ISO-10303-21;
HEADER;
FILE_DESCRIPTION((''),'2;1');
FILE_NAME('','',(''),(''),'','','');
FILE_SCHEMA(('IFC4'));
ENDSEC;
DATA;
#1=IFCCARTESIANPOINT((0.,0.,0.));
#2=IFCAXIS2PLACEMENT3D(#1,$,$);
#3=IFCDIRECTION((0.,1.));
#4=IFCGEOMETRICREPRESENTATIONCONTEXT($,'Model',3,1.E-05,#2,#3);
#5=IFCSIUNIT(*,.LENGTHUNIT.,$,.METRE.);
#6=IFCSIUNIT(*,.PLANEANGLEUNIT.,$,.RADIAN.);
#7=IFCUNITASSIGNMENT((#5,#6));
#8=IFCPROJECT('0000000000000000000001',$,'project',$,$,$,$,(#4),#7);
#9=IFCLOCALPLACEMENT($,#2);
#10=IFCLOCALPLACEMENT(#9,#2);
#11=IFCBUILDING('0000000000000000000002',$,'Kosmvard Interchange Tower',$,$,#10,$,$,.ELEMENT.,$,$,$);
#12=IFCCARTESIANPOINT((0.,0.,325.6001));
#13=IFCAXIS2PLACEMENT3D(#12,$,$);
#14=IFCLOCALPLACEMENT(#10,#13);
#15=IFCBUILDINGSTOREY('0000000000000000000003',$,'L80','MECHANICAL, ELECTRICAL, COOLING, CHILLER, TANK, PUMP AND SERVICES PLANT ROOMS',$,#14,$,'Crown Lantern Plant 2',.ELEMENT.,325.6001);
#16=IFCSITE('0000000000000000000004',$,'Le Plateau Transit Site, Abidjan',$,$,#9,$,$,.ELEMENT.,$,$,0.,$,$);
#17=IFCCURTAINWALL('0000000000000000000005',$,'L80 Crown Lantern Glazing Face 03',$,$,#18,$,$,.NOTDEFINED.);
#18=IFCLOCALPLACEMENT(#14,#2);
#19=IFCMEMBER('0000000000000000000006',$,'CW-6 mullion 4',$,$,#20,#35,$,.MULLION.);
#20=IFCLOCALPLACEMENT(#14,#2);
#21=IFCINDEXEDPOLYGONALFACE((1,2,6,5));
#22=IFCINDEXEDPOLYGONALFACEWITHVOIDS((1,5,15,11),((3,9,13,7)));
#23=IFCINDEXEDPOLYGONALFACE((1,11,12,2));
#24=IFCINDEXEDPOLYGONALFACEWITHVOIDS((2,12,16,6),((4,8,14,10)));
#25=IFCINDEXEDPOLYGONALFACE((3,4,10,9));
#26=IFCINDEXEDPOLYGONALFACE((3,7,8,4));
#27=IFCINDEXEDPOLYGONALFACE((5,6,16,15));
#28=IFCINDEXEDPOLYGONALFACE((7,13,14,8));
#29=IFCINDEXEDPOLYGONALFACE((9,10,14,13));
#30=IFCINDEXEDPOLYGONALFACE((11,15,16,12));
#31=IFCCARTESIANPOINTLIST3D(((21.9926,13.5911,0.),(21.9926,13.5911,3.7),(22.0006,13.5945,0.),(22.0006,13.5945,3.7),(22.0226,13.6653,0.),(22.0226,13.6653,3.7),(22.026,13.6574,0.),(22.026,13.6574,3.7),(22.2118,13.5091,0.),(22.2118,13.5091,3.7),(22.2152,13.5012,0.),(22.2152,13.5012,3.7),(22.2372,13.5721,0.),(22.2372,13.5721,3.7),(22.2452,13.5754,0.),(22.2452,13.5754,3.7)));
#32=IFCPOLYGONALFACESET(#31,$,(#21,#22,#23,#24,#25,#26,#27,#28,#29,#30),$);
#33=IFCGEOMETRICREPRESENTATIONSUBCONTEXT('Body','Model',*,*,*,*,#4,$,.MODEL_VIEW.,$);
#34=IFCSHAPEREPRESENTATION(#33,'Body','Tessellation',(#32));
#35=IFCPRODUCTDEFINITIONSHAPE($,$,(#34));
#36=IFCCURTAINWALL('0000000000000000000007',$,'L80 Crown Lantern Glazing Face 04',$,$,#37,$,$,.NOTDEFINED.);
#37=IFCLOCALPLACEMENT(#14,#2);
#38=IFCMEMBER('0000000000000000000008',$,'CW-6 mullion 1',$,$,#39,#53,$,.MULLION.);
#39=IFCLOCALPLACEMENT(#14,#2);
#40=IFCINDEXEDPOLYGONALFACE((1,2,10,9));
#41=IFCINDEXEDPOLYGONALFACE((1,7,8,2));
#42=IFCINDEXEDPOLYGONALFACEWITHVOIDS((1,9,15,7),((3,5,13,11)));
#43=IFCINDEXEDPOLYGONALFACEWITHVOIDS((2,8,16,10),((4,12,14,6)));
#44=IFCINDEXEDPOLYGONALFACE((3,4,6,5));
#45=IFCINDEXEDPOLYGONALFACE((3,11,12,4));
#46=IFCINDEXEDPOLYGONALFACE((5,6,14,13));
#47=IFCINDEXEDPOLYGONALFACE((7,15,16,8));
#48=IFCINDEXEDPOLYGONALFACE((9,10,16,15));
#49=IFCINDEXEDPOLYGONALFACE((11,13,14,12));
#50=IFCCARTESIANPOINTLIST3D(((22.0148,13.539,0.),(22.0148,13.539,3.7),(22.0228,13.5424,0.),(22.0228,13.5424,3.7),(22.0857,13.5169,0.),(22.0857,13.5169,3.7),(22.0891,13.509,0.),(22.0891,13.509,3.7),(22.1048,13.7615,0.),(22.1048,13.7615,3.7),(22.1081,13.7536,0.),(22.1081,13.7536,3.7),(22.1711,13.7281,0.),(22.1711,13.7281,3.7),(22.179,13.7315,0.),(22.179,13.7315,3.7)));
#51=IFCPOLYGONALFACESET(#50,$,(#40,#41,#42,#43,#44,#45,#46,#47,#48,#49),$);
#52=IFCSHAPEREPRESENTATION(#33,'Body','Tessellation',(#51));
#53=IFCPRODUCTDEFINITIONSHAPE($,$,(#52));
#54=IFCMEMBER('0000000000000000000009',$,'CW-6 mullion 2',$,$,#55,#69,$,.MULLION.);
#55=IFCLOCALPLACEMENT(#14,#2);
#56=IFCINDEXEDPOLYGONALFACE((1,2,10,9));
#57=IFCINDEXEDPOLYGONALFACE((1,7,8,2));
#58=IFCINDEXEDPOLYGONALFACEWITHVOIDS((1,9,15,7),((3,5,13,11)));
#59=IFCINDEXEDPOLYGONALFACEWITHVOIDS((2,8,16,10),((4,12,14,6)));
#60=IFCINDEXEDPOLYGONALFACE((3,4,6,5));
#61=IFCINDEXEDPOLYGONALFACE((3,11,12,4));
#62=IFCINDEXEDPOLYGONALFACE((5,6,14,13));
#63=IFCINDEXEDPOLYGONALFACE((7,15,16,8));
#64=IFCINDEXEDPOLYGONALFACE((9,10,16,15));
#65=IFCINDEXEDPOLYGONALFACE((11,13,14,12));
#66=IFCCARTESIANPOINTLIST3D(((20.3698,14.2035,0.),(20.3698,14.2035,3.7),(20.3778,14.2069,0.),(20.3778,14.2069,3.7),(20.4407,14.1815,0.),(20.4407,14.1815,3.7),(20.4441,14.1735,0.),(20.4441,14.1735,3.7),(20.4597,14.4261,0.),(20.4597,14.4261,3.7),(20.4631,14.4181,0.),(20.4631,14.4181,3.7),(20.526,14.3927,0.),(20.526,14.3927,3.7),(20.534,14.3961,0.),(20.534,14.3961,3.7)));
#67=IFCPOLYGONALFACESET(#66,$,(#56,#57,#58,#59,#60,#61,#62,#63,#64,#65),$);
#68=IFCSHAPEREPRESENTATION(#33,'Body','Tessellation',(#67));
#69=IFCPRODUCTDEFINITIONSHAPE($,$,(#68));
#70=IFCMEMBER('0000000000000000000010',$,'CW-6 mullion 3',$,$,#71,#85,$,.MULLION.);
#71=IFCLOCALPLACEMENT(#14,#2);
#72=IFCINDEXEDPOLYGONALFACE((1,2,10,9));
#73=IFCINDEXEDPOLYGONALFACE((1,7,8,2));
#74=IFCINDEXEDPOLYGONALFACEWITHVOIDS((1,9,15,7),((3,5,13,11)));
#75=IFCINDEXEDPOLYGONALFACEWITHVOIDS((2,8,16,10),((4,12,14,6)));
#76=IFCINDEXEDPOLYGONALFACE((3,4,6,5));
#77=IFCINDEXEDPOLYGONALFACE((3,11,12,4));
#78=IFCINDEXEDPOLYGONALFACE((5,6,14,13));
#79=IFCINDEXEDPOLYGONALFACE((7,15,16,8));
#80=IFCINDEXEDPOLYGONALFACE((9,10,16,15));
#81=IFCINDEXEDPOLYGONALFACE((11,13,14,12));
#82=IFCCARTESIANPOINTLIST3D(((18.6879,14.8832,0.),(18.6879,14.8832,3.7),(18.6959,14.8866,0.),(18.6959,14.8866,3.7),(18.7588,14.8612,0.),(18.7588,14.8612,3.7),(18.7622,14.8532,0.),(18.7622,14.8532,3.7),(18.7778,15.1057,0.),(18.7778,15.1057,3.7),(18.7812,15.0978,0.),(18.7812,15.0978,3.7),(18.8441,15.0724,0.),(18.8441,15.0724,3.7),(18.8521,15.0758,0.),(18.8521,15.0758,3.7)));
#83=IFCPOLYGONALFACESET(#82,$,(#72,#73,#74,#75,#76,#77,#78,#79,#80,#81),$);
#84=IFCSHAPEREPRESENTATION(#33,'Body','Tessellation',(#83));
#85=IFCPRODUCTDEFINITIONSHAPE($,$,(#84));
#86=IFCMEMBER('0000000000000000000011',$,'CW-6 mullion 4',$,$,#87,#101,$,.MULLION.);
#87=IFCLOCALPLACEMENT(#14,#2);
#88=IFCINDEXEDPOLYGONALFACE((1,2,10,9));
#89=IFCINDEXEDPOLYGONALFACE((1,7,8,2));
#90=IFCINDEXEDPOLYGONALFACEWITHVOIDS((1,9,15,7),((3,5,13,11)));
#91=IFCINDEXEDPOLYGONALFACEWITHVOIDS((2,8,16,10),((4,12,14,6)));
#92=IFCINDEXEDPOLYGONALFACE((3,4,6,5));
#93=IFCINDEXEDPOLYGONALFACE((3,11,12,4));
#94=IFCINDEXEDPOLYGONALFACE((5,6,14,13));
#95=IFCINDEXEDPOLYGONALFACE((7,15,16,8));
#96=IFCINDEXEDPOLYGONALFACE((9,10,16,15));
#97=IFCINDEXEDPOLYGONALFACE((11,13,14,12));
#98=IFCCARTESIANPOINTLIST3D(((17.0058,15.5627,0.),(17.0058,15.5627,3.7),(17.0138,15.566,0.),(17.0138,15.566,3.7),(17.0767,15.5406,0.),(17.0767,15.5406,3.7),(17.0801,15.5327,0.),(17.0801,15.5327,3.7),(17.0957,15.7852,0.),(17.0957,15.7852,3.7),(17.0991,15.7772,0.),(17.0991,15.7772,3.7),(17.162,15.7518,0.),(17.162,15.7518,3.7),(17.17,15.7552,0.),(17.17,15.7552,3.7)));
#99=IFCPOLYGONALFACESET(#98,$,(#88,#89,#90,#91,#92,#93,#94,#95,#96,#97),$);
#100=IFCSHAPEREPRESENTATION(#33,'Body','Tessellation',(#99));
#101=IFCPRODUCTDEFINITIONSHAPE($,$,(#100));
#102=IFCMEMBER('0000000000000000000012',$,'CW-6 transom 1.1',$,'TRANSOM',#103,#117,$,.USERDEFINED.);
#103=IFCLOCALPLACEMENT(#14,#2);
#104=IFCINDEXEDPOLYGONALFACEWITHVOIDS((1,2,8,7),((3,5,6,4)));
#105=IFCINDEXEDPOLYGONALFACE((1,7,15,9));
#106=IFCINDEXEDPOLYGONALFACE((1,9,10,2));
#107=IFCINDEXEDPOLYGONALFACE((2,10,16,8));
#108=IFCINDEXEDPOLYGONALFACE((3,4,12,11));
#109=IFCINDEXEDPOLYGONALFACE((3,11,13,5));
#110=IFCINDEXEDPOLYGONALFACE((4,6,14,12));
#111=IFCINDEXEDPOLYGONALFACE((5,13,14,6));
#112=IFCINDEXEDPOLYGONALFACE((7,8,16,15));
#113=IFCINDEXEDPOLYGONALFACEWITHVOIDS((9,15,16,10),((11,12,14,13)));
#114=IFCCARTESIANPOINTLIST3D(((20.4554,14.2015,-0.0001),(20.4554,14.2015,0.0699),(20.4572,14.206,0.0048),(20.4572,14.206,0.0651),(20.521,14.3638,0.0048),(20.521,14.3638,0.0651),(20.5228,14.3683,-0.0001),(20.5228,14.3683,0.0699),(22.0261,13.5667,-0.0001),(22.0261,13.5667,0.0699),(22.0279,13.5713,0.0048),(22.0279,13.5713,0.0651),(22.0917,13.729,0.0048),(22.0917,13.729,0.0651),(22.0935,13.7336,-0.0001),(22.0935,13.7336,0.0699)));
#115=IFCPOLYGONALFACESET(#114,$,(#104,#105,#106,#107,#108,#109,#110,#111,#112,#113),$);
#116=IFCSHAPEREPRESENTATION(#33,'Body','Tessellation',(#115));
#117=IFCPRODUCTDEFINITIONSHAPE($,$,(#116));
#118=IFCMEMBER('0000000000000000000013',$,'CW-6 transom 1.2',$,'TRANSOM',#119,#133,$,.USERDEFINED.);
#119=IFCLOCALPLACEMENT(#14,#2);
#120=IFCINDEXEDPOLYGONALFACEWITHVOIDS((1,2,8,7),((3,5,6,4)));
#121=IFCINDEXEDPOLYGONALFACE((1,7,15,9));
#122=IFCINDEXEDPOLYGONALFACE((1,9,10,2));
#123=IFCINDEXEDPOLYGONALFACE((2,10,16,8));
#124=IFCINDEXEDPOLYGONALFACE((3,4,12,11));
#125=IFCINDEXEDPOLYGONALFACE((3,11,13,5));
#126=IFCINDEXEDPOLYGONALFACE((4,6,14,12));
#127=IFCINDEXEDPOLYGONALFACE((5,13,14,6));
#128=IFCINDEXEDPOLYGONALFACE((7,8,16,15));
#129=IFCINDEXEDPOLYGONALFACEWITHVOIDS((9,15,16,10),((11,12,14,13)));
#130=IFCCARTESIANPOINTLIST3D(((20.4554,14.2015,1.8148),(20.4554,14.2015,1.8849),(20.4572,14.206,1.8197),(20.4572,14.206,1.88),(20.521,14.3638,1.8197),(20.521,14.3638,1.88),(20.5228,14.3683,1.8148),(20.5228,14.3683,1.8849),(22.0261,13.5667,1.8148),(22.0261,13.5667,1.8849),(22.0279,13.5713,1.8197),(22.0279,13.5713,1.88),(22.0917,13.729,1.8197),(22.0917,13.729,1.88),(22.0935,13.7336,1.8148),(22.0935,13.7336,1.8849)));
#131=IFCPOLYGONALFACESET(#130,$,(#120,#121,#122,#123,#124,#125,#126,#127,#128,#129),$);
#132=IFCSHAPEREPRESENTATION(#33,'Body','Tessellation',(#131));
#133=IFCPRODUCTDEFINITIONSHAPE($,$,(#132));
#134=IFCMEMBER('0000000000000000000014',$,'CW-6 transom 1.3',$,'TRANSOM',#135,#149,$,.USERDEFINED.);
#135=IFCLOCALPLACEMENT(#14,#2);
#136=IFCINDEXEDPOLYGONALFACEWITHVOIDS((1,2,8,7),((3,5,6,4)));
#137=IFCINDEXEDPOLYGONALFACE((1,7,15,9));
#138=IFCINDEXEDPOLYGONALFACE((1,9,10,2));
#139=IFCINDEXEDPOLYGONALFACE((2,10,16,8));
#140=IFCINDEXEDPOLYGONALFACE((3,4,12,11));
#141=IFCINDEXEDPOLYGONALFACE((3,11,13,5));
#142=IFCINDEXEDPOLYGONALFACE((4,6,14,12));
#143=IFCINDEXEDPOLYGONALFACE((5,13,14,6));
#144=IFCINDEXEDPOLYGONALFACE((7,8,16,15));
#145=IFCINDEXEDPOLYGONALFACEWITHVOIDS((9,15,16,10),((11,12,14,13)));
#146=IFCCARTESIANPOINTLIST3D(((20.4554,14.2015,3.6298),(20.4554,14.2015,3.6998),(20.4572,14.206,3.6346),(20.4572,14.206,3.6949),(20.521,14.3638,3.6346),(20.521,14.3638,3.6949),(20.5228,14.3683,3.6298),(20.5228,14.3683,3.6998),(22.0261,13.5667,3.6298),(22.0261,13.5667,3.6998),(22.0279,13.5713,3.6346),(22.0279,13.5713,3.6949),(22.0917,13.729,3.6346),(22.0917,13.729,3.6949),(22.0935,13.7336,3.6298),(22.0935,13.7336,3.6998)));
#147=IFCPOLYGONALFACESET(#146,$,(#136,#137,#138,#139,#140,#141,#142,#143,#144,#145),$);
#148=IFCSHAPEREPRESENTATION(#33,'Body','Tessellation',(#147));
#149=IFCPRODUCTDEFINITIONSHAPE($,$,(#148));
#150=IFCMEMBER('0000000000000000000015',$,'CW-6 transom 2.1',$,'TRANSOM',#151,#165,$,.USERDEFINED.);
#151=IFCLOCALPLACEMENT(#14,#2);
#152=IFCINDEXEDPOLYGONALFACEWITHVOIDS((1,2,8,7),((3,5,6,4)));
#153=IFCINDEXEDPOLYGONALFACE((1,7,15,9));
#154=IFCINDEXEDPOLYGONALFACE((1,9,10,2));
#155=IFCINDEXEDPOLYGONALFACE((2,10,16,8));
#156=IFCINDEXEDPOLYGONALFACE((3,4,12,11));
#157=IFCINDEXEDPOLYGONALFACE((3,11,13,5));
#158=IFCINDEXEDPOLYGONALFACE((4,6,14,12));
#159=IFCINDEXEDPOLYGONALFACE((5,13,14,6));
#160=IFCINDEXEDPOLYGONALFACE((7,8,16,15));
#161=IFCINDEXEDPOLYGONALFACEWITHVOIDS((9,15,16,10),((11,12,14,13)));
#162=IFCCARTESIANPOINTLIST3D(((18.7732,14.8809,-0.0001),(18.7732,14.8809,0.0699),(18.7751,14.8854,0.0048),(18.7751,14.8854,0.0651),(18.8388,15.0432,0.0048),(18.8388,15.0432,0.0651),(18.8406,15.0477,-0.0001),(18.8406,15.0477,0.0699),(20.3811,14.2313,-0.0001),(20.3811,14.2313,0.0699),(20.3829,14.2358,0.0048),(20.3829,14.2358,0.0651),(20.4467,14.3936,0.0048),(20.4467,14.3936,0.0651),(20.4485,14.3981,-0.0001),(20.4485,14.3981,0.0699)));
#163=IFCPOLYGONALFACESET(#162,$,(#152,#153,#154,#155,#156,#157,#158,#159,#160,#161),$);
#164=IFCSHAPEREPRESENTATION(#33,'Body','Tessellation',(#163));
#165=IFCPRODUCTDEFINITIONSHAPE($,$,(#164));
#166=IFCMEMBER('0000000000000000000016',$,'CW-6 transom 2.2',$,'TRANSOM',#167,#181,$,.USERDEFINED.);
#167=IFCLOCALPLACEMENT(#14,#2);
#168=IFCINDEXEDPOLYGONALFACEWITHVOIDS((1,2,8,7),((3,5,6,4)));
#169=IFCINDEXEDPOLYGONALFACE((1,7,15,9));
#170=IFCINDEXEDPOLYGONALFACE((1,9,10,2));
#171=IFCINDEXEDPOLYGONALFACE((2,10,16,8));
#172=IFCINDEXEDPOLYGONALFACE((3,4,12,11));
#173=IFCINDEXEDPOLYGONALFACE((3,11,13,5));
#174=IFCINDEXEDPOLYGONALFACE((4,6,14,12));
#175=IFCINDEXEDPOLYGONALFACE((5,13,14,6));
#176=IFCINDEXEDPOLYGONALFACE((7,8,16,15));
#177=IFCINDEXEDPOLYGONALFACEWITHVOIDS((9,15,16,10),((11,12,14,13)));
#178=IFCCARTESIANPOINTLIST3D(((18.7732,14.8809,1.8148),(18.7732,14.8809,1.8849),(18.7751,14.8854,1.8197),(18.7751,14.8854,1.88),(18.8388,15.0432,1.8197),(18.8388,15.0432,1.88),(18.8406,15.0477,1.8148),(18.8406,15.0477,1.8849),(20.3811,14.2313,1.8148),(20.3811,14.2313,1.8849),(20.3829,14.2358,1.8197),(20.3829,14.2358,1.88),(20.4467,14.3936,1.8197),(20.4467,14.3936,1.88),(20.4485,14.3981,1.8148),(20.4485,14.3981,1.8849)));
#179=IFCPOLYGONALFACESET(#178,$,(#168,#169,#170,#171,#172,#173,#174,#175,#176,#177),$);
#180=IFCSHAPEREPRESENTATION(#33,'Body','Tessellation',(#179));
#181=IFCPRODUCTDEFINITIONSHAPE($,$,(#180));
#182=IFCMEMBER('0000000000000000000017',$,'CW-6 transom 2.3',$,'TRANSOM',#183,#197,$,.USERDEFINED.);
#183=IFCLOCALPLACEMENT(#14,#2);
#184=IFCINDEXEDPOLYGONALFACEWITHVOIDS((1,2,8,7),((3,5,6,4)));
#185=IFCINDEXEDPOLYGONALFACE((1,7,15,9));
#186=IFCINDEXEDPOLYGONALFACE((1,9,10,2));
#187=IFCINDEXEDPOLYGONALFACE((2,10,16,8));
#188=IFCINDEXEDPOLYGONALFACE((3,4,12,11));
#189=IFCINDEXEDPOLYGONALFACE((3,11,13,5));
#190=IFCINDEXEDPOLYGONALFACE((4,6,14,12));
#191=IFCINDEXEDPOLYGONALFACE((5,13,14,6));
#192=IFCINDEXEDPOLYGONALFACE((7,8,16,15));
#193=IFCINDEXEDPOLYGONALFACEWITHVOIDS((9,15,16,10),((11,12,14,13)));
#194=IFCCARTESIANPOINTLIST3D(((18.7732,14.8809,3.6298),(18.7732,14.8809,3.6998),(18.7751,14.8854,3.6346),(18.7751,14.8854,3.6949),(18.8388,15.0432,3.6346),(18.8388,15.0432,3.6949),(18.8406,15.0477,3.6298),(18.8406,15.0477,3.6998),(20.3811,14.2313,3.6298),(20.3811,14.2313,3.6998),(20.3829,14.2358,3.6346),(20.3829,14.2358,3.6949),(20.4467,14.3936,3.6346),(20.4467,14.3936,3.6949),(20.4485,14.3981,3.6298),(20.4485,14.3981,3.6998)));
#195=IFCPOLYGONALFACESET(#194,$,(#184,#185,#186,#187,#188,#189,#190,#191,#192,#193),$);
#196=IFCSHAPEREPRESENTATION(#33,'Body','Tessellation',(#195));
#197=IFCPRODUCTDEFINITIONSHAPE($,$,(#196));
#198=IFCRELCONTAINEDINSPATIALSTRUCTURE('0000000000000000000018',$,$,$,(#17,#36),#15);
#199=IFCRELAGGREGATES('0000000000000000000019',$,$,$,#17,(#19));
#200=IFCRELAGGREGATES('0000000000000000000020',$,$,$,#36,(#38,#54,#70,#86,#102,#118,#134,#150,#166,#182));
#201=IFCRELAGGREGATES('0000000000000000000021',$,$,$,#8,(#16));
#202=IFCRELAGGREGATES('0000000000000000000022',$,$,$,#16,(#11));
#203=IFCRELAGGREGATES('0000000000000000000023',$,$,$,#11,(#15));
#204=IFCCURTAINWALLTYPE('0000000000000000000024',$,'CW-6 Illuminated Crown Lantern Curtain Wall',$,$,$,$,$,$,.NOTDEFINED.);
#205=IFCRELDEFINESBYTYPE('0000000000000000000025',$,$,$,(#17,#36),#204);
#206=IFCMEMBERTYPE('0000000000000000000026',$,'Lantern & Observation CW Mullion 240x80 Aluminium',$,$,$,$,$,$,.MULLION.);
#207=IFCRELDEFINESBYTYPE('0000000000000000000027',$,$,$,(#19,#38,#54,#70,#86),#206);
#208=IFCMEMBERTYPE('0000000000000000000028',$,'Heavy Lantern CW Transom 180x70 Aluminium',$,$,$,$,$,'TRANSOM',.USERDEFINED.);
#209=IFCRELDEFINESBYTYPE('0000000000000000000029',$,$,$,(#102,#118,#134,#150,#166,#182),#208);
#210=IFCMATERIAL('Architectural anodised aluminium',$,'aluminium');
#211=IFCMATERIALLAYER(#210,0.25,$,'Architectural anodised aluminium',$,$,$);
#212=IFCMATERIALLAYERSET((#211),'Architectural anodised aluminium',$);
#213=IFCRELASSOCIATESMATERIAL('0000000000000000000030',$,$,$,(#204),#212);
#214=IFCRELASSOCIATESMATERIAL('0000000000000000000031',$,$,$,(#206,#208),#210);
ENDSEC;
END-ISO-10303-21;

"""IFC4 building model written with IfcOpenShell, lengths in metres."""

from ifc_helpers import new_model, si_unit, direction, frame, origin, origin_2d, place, context, subcontext, project, spatial, hollow_rectangle, extrude, source, transform, mapped, material, layer, layer_set, material_profile, profile_set, type_object, element, aggregate, save


model = new_model("IFC4")

# Units and contexts
model_context = context("Model", 3, precision=1e-05, world=origin(), true_north=direction((0.0, 1.0)))
body_context = subcontext(model_context, "Body", "Model", "MODEL_VIEW")
ifc_project = project(units=[si_unit("LENGTHUNIT", "METRE"), si_unit("PLANEANGLEUNIT", "RADIAN")], contexts=[model_context])

# Site, building, storey
site_placement = place(None, origin())
site = spatial("IfcSite", under=ifc_project, at=site_placement, Name="Le Plateau Transit Site, Abidjan", CompositionType="ELEMENT", RefElevation=0.0)
building_placement = place(site_placement, origin())
building = spatial("IfcBuilding", under=site, at=building_placement, Name="Kosmvard Interchange Tower", CompositionType="ELEMENT")
storey_placement = place(building_placement, frame((0.0, 0.0, 325.6001)))
storey = spatial("IfcBuildingStorey", under=building, at=storey_placement, Name="L80", Description="MECHANICAL, ELECTRICAL, COOLING, CHILLER, TANK, PUMP AND SERVICES PLANT ROOMS", LongName="Crown Lantern Plant 2", CompositionType="ELEMENT", Elevation=325.6001)

# Curtain wall, member
ifc_material_1 = material(Name="Architectural anodised aluminium", Category="aluminium")
ifc_layer_1 = layer(ifc_material_1, 0.25, Name="Architectural anodised aluminium")
ifc_layer_set_1 = layer_set([ifc_layer_1], Name="Architectural anodised aluminium")
curtain_wall_type = type_object("IfcCurtainWallType", Name="CW-6 Illuminated Crown Lantern Curtain Wall", PredefinedType="NOTDEFINED", material=ifc_layer_set_1)
curtain_wall_1_placement = place(storey_placement, origin())
curtain_wall_1 = element("IfcCurtainWall", 1, at=curtain_wall_1_placement, inside=storey, type_object=curtain_wall_type, Name="L80 Crown Lantern Glazing Face 03", PredefinedType="NOTDEFINED")
ifc_material_profile_1 = material_profile(ifc_material_1, hollow_rectangle(XDim=0.24, YDim=0.0801, WallThickness=0.0061, at=origin_2d()), Name="CWM 240x80x6")
ifc_profile_set_1 = profile_set([ifc_material_profile_1], Name="Architectural anodised aluminium")
member_type_1 = type_object("IfcMemberType", Name="Lantern & Observation CW Mullion 240x80 Aluminium", PredefinedType="MULLION", material=ifc_profile_set_1)
shared_shape_1 = source(origin(), body_context, "Body", "SweptSolid", [
    extrude(hollow_rectangle(XDim=0.24, YDim=0.0801, WallThickness=0.0061, at=origin_2d()), origin(), (0.0, 0.0, 1.0), 3.7),
])
member_1_placement = place(storey_placement, frame((22.1189, 13.5833, 0.0), z_axis=(0.0, 0.0, 1.0), x_axis=(-0.927184, 0.374607, 0.0)))
member_1 = element("IfcMember", 2, at=member_1_placement, type_object=member_type_1, Name="CW-6 mullion 4", PredefinedType="MULLION", context=body_context, shape_type="MappedRepresentation", body=[
    mapped(shared_shape_1, transform((0.0, 0.0, 0.0), scale=1.0)),
])
aggregate(curtain_wall_1, [member_1])

# Curtain wall, members
curtain_wall_2_placement = place(storey_placement, origin())
curtain_wall_2 = element("IfcCurtainWall", 3, at=curtain_wall_2_placement, inside=storey, type_object=curtain_wall_type, Name="L80 Crown Lantern Glazing Face 04", PredefinedType="NOTDEFINED")
member_2_placement = place(storey_placement, frame((22.0969, 13.6353, 0.0), z_axis=(0.0, 0.0, 1.0), x_axis=(-0.374607, -0.927184, 0.0)))
member_2 = element("IfcMember", 4, at=member_2_placement, type_object=member_type_1, Name="CW-6 mullion 1", PredefinedType="MULLION", context=body_context, shape_type="MappedRepresentation", body=[
    mapped(shared_shape_1, transform((0.0, 0.0, 0.0), scale=1.0)),
])
member_3_placement = place(storey_placement, frame((20.4519, 14.2998, 0.0), z_axis=(0.0, 0.0, 1.0), x_axis=(-0.374607, -0.927184, 0.0)))
member_3 = element("IfcMember", 5, at=member_3_placement, type_object=member_type_1, Name="CW-6 mullion 2", PredefinedType="MULLION", context=body_context, shape_type="MappedRepresentation", body=[
    mapped(shared_shape_1, transform((0.0, 0.0, 0.0), scale=1.0)),
])
member_4_placement = place(storey_placement, frame((18.77, 14.9795, 0.0), z_axis=(0.0, 0.0, 1.0), x_axis=(-0.374607, -0.927184, 0.0)))
member_4 = element("IfcMember", 6, at=member_4_placement, type_object=member_type_1, Name="CW-6 mullion 3", PredefinedType="MULLION", context=body_context, shape_type="MappedRepresentation", body=[
    mapped(shared_shape_1, transform((0.0, 0.0, 0.0), scale=1.0)),
])
member_5_placement = place(storey_placement, frame((17.0879, 15.6589, 0.0), z_axis=(0.0, 0.0, 1.0), x_axis=(-0.374607, -0.927184, 0.0)))
member_5 = element("IfcMember", 7, at=member_5_placement, type_object=member_type_1, Name="CW-6 mullion 4", PredefinedType="MULLION", context=body_context, shape_type="MappedRepresentation", body=[
    mapped(shared_shape_1, transform((0.0, 0.0, 0.0), scale=1.0)),
])
ifc_material_profile_2 = material_profile(ifc_material_1, hollow_rectangle(XDim=0.1799, YDim=0.0701, WallThickness=0.0049, at=origin_2d()), Name="CWT 180x70x5")
ifc_profile_set_2 = profile_set([ifc_material_profile_2], Name="Architectural anodised aluminium")
member_type_2 = type_object("IfcMemberType", Name="Heavy Lantern CW Transom 180x70 Aluminium", ElementType="TRANSOM", PredefinedType="USERDEFINED", material=ifc_profile_set_2)
shared_shape_2 = source(origin(), body_context, "Body", "SweptSolid", [
    extrude(hollow_rectangle(XDim=0.1799, YDim=0.0701, WallThickness=0.0049, at=origin_2d()), origin(), (0.0, 0.0, 1.0), 1.6941),
])
member_6_placement = place(storey_placement, frame((22.0598, 13.6501, 0.0349), z_axis=(-0.927159, 0.374668, 0.0), x_axis=(-0.374668, -0.927159, 0.0)))
member_6 = element("IfcMember", 8, at=member_6_placement, type_object=member_type_2, Name="CW-6 transom 1.1", ObjectType="TRANSOM", PredefinedType="USERDEFINED", context=body_context, shape_type="MappedRepresentation", body=[
    mapped(shared_shape_2, transform((0.0, 0.0, 0.0), scale=1.0)),
])
member_7_placement = place(storey_placement, frame((22.0598, 13.6501, 1.8499), z_axis=(-0.927159, 0.374668, 0.0), x_axis=(-0.374668, -0.927159, 0.0)))
member_7 = element("IfcMember", 9, at=member_7_placement, type_object=member_type_2, Name="CW-6 transom 1.2", ObjectType="TRANSOM", PredefinedType="USERDEFINED", context=body_context, shape_type="MappedRepresentation", body=[
    mapped(shared_shape_2, transform((0.0, 0.0, 0.0), scale=1.0)),
])
member_8_placement = place(storey_placement, frame((22.0598, 13.6501, 3.6648), z_axis=(-0.927159, 0.374668, 0.0), x_axis=(-0.374668, -0.927159, 0.0)))
member_8 = element("IfcMember", 10, at=member_8_placement, type_object=member_type_2, Name="CW-6 transom 1.3", ObjectType="TRANSOM", PredefinedType="USERDEFINED", context=body_context, shape_type="MappedRepresentation", body=[
    mapped(shared_shape_2, transform((0.0, 0.0, 0.0), scale=1.0)),
])
shared_shape_3 = source(origin(), body_context, "Body", "SweptSolid", [
    extrude(hollow_rectangle(XDim=0.1799, YDim=0.0701, WallThickness=0.0049, at=origin_2d()), origin(), (0.0, 0.0, 1.0), 1.7341),
])
member_9_placement = place(storey_placement, frame((20.4148, 14.3147, 0.0349), z_axis=(-0.92718, 0.374617, 0.0), x_axis=(-0.374617, -0.92718, 0.0)))
member_9 = element("IfcMember", 11, at=member_9_placement, type_object=member_type_2, Name="CW-6 transom 2.1", ObjectType="TRANSOM", PredefinedType="USERDEFINED", context=body_context, shape_type="MappedRepresentation", body=[
    mapped(shared_shape_3, transform((0.0, 0.0, 0.0), scale=1.0)),
])
member_10_placement = place(storey_placement, frame((20.4148, 14.3147, 1.8499), z_axis=(-0.92718, 0.374617, 0.0), x_axis=(-0.374617, -0.92718, 0.0)))
member_10 = element("IfcMember", 12, at=member_10_placement, type_object=member_type_2, Name="CW-6 transom 2.2", ObjectType="TRANSOM", PredefinedType="USERDEFINED", context=body_context, shape_type="MappedRepresentation", body=[
    mapped(shared_shape_3, transform((0.0, 0.0, 0.0), scale=1.0)),
])
member_11_placement = place(storey_placement, frame((20.4148, 14.3147, 3.6648), z_axis=(-0.92718, 0.374617, 0.0), x_axis=(-0.374617, -0.92718, 0.0)))
member_11 = element("IfcMember", 13, at=member_11_placement, type_object=member_type_2, Name="CW-6 transom 2.3", ObjectType="TRANSOM", PredefinedType="USERDEFINED", context=body_context, shape_type="MappedRepresentation", body=[
    mapped(shared_shape_3, transform((0.0, 0.0, 0.0), scale=1.0)),
])
aggregate(curtain_wall_2, [member_2, member_3, member_4, member_5, member_6, member_7, member_8, member_9, member_10, member_11])

save(model, "model.ifc")
